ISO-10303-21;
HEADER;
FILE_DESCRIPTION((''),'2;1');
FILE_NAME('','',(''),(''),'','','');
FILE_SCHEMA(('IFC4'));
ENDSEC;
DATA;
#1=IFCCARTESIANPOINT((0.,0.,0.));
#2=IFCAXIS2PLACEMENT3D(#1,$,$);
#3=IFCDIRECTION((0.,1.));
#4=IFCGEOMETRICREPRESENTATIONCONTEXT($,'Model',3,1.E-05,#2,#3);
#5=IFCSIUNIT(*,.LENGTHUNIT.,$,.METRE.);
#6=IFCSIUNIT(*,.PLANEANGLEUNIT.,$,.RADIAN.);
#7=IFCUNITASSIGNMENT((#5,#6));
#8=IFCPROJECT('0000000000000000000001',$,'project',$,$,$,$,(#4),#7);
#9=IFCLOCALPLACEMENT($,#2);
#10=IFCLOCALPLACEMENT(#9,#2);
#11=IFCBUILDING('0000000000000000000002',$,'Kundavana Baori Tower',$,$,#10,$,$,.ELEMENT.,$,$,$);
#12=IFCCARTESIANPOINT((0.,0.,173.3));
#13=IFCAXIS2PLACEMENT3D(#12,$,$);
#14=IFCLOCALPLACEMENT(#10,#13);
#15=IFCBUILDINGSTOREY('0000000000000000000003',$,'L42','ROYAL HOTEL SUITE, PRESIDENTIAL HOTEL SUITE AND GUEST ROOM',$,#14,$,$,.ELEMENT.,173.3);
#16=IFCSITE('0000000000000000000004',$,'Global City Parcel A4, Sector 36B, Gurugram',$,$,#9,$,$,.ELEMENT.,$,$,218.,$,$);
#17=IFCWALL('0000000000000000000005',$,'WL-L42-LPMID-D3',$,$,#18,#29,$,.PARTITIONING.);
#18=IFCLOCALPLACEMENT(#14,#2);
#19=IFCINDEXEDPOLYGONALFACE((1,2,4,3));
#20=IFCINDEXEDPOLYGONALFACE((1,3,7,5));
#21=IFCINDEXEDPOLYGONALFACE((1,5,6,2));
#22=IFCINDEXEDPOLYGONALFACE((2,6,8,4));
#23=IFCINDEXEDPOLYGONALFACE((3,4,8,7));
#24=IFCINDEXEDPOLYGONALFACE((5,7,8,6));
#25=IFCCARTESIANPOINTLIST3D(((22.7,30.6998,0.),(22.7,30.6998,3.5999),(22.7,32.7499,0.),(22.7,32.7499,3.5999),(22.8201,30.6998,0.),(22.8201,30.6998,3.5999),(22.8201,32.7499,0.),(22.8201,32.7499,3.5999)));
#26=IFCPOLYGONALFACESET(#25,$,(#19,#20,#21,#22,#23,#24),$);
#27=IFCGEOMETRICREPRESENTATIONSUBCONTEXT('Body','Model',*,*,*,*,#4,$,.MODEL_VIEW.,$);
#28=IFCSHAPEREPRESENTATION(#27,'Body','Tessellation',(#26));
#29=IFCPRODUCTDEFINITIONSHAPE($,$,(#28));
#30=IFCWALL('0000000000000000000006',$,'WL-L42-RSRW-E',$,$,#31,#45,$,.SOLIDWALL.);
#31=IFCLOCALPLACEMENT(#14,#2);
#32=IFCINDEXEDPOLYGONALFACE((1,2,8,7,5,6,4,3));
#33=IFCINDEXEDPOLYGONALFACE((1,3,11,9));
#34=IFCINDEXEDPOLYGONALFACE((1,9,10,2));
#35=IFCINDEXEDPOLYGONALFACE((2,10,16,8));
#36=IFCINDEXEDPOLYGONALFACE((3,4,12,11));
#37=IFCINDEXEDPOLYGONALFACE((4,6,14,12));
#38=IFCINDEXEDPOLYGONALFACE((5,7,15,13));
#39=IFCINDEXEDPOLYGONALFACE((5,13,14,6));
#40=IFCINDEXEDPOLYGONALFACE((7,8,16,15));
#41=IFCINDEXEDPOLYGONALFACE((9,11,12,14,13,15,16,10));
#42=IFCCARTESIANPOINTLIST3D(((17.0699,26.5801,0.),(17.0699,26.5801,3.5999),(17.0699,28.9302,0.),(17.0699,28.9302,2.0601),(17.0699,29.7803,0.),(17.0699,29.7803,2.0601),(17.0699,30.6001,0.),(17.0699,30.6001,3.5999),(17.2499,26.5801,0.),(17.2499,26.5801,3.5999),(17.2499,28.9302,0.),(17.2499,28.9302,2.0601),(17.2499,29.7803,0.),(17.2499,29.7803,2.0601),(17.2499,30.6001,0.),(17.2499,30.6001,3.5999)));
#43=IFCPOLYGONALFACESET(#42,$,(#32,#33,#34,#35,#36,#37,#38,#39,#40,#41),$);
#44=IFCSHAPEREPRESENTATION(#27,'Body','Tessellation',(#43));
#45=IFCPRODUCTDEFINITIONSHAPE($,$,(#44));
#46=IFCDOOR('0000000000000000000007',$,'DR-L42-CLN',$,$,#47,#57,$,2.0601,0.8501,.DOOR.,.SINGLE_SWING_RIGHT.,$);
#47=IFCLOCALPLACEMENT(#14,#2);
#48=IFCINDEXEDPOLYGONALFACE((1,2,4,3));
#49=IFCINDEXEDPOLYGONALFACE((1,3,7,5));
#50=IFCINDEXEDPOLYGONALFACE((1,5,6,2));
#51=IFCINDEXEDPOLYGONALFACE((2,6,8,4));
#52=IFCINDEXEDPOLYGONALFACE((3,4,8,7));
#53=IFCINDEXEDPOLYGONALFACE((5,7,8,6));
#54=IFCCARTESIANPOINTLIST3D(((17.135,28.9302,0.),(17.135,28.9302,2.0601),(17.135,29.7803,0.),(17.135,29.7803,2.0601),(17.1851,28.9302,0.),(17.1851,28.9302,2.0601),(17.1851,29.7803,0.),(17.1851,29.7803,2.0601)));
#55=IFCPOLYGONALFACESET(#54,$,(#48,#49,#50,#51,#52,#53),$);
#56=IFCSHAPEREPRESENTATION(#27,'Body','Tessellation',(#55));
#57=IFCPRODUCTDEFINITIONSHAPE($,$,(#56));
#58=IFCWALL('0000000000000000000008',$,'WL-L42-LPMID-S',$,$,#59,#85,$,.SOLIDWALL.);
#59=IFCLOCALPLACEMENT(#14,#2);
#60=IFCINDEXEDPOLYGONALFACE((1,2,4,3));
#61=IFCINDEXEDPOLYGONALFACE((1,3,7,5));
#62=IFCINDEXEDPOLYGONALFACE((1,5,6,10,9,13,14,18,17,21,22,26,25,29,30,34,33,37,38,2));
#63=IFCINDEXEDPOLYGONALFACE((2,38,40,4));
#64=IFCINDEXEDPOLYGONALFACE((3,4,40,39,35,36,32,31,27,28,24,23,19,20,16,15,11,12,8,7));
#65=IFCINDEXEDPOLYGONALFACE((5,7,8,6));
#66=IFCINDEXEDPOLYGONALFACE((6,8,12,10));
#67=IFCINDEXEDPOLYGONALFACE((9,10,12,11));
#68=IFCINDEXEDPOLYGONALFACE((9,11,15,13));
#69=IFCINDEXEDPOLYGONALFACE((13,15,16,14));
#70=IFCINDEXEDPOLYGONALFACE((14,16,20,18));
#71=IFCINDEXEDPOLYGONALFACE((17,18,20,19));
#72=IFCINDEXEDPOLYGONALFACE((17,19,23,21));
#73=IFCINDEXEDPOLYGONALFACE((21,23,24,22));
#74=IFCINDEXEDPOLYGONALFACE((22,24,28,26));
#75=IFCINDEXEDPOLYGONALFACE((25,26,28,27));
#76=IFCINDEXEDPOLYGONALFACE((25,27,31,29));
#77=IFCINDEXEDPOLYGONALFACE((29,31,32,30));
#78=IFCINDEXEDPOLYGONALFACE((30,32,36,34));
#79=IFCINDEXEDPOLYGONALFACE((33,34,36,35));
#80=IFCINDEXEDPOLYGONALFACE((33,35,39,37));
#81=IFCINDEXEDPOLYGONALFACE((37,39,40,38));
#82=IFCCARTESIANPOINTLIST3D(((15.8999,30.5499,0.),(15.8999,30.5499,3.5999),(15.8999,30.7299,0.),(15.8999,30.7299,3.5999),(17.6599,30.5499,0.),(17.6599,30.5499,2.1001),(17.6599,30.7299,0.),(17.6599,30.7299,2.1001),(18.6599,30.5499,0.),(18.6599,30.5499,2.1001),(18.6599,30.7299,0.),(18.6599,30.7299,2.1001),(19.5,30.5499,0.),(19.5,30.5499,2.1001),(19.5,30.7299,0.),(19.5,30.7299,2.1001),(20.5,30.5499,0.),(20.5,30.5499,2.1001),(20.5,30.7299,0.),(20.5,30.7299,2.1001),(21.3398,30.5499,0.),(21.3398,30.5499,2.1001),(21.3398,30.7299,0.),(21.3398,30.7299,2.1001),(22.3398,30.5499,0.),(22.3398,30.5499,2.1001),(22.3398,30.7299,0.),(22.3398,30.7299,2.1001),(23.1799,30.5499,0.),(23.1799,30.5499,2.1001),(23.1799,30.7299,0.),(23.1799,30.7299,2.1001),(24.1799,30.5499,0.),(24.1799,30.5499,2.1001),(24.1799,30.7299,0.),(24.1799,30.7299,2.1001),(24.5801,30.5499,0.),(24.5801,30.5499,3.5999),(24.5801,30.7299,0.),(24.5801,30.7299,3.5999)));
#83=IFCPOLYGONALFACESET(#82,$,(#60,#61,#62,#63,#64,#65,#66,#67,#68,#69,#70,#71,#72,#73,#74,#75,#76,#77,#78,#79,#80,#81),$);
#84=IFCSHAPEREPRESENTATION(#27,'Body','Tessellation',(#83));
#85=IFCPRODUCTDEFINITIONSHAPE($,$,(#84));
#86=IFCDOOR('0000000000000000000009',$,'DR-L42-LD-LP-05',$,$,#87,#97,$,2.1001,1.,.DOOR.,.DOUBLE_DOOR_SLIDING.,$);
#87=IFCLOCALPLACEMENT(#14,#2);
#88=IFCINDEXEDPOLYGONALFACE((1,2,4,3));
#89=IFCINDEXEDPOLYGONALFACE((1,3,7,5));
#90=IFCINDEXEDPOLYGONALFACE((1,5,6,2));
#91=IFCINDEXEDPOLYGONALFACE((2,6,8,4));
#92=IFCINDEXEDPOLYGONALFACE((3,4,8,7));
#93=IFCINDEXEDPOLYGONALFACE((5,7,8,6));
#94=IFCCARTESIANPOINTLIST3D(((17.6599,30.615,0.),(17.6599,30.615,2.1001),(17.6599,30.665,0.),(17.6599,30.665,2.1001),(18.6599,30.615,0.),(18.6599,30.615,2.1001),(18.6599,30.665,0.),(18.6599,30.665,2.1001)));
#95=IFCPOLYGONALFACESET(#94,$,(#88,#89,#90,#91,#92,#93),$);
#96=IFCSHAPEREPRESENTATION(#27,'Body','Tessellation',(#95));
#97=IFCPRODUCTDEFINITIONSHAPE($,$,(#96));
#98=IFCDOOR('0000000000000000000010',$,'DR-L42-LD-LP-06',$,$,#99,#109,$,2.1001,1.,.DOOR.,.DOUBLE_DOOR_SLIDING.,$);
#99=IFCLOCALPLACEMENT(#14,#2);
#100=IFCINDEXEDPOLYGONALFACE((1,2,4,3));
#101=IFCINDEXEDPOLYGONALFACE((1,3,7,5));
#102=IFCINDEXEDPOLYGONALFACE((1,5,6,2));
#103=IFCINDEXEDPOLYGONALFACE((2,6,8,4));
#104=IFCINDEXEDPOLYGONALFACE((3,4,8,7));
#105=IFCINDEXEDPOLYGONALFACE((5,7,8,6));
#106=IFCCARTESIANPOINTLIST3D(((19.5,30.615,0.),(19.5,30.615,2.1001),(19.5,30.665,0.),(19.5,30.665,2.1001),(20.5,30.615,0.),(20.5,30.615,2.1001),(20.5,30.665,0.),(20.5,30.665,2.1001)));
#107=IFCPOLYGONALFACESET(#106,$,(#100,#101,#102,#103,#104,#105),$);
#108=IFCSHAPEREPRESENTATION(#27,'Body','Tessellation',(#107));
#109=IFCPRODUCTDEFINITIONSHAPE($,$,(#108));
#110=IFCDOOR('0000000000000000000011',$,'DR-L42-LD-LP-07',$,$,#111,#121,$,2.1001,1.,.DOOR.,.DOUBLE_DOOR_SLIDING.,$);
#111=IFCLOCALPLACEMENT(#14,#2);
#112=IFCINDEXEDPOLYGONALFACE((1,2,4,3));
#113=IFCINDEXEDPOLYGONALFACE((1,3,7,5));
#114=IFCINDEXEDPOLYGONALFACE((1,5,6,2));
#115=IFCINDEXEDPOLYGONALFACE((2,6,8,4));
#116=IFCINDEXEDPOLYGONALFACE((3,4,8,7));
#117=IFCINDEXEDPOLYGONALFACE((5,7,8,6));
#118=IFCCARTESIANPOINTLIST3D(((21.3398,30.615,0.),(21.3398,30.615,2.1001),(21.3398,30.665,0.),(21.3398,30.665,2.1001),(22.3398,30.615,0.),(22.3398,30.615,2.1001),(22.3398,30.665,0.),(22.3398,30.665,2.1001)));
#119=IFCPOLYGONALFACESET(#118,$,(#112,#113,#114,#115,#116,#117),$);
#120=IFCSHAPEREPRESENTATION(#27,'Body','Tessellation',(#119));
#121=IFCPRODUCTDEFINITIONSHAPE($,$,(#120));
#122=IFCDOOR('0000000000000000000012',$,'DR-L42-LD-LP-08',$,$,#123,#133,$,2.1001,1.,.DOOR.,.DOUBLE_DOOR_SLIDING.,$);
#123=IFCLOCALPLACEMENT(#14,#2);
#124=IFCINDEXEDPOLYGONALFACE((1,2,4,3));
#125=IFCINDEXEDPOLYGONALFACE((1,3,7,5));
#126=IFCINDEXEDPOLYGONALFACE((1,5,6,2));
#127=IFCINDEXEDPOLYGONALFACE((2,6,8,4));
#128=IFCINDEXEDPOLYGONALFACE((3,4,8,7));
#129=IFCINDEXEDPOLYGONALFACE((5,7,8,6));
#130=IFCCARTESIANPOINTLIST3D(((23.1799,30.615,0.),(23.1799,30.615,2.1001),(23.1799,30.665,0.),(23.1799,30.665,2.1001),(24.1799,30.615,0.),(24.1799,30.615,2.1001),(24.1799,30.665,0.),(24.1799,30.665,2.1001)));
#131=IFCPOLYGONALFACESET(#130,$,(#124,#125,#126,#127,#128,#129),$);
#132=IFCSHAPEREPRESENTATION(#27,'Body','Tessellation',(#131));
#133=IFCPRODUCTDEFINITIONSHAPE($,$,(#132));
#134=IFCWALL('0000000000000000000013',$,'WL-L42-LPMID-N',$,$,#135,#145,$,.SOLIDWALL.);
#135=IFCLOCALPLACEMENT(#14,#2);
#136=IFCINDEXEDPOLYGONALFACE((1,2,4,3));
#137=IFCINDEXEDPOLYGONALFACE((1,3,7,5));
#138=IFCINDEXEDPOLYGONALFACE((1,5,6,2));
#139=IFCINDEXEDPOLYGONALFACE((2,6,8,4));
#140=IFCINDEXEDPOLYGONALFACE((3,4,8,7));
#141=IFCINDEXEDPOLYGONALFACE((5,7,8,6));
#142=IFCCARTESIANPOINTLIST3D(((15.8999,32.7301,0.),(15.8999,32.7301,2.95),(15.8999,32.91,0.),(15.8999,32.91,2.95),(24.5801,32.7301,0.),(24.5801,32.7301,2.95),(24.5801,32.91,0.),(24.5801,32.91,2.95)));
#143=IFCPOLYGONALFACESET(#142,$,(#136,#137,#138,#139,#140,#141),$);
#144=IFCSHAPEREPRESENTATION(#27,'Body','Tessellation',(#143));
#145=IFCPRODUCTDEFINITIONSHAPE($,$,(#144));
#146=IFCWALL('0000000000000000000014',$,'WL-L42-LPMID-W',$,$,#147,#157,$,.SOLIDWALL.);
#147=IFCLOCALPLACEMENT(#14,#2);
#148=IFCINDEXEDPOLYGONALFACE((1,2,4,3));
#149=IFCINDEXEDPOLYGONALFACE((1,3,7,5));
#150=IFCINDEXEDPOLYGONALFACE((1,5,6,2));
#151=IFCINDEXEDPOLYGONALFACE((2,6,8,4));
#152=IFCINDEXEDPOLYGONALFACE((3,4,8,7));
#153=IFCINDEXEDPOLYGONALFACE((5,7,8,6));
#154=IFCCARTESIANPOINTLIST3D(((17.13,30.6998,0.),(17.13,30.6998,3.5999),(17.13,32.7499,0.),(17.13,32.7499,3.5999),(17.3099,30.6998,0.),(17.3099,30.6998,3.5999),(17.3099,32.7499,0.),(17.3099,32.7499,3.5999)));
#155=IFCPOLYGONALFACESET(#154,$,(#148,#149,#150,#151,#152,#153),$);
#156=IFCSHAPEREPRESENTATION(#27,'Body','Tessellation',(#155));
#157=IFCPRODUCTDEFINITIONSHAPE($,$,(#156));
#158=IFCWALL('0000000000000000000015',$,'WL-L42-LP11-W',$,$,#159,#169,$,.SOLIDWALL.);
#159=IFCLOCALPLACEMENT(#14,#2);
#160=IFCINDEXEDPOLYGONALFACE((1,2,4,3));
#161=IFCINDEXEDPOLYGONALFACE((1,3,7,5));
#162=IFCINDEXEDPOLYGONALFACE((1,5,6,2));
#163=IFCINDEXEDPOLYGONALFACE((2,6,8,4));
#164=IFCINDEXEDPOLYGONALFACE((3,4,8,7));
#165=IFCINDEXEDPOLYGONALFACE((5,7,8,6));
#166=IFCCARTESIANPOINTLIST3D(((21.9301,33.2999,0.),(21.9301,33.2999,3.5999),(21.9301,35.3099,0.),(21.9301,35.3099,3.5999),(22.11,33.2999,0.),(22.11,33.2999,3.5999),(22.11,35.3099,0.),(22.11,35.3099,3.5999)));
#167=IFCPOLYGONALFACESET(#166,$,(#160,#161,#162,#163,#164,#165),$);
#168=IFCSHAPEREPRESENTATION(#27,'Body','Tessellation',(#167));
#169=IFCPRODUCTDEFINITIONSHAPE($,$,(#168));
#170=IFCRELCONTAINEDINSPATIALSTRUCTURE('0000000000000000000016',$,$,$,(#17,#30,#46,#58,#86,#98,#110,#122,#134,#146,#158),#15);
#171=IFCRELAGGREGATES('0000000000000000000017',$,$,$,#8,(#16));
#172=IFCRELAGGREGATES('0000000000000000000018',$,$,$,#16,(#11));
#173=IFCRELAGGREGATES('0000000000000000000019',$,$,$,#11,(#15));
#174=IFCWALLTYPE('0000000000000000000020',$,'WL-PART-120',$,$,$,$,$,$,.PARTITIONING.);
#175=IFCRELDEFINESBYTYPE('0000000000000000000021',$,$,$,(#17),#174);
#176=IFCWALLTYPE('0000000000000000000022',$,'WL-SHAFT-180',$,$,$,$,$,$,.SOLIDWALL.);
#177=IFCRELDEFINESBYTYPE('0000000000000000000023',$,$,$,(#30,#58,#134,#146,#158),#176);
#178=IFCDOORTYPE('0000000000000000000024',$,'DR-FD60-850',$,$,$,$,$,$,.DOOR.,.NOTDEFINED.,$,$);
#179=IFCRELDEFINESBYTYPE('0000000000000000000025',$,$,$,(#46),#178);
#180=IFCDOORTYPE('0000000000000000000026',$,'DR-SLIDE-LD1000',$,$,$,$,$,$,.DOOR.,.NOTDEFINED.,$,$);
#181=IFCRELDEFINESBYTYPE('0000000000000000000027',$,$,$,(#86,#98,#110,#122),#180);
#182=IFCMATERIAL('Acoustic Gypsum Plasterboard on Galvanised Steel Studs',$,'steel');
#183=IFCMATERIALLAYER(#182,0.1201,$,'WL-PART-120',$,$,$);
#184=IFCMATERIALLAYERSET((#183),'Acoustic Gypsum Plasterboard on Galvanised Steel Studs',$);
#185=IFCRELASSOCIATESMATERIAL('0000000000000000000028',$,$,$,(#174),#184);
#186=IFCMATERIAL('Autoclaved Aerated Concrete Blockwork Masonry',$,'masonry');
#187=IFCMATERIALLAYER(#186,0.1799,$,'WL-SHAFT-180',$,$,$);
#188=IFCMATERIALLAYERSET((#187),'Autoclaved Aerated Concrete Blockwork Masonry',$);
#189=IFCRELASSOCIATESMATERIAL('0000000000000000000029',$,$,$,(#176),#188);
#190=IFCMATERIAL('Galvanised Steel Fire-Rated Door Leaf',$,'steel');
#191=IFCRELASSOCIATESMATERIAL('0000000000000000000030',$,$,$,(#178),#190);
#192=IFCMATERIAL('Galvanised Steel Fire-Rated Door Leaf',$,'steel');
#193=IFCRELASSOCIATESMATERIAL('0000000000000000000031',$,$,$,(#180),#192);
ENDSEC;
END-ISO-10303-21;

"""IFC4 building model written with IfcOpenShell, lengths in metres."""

from ifc_helpers import new_model, si_unit, direction, frame, frame_2d, origin, place, context, subcontext, project, spatial, rectangle, extrude, material, layer, layer_set, type_object, element, fill, save


model = new_model("IFC4")

# Units and contexts
model_context = context("Model", 3, precision=1e-05, world=origin(), true_north=direction((0.0, 1.0)))
body_context = subcontext(model_context, "Body", "Model", "MODEL_VIEW")
ifc_project = project(units=[si_unit("LENGTHUNIT", "METRE"), si_unit("PLANEANGLEUNIT", "RADIAN")], contexts=[model_context])

# Site, building, storey
site_placement = place(None, origin())
site = spatial("IfcSite", under=ifc_project, at=site_placement, Name="Global City Parcel A4, Sector 36B, Gurugram", CompositionType="ELEMENT", RefElevation=218.0)
building_placement = place(site_placement, origin())
building = spatial("IfcBuilding", under=site, at=building_placement, Name="Kundavana Baori Tower", CompositionType="ELEMENT")
storey_placement = place(building_placement, frame((0.0, 0.0, 173.3)))
storey = spatial("IfcBuildingStorey", under=building, at=storey_placement, Name="L42", Description="ROYAL HOTEL SUITE, PRESIDENTIAL HOTEL SUITE AND GUEST ROOM", CompositionType="ELEMENT", Elevation=173.3)

# Wall
ifc_material_1 = material(Name="Acoustic Gypsum Plasterboard on Galvanised Steel Studs", Category="steel")
ifc_layer_1 = layer(ifc_material_1, 0.1201, Name="WL-PART-120")
ifc_layer_set_1 = layer_set([ifc_layer_1], Name="Acoustic Gypsum Plasterboard on Galvanised Steel Studs")
wall_type_1 = type_object("IfcWallType", Name="WL-PART-120", PredefinedType="PARTITIONING", material=ifc_layer_set_1)
for number, where, z_axis, x_axis, name in (
    (1, (22.76, 30.7, 0.0), (0.0, 0.0, 1.0), (0.0, 1.0, 0.0), "WL-L42-LPMID-D3"),
):
    element("IfcWall", number, at=place(storey_placement, frame(where, z_axis=z_axis, x_axis=x_axis)), inside=storey, type_object=wall_type_1, Name=name, PredefinedType="PARTITIONING", context=body_context, shape_type="SweptSolid", body=[
        extrude(rectangle(XDim=2.05, YDim=0.1201, at=frame_2d((1.0249, 0.0))), origin(), (0.0, 0.0, 1.0), 3.5999),
    ])

# Wall, opening, door
ifc_material_2 = material(Name="Autoclaved Aerated Concrete Blockwork Masonry", Category="masonry")
ifc_layer_2 = layer(ifc_material_2, 0.1799, Name="WL-SHAFT-180")
ifc_layer_set_2 = layer_set([ifc_layer_2], Name="Autoclaved Aerated Concrete Blockwork Masonry")
wall_type_2 = type_object("IfcWallType", Name="WL-SHAFT-180", PredefinedType="SOLIDWALL", material=ifc_layer_set_2)
wall_1_placement = place(storey_placement, frame((17.1599, 26.5801, 0.0), z_axis=(0.0, 0.0, 1.0), x_axis=(0.0, 1.0, 0.0)))
wall_1 = element("IfcWall", 2, at=wall_1_placement, inside=storey, type_object=wall_type_2, Name="WL-L42-RSRW-E", PredefinedType="SOLIDWALL", context=body_context, shape_type="SweptSolid", body=[
    extrude(rectangle(XDim=4.02, YDim=0.1799, at=frame_2d((2.01, 0.0))), origin(), (0.0, 0.0, 1.0), 3.5999),
])
opening_1_placement = place(wall_1_placement, frame((2.3501, 0.0, 0.0)))
opening_1 = element("IfcOpeningElement", 3, at=opening_1_placement, cuts=wall_1, PredefinedType="OPENING", context=body_context, shape_type="SweptSolid", body=[
    extrude(rectangle(XDim=0.8501, YDim=2.0601, at=frame_2d((0.425, 1.03))), frame((0.0, 0.1001, 0.0), z_axis=(0.0, -1.0, 0.0), x_axis=(1.0, 0.0, 0.0)), (0.0, 0.0, 1.0), 0.2),
])
ifc_material_3 = material(Name="Galvanised Steel Fire-Rated Door Leaf", Category="steel")
door_type_1 = type_object("IfcDoorType", Name="DR-FD60-850", OperationType="NOTDEFINED", PredefinedType="DOOR", material=ifc_material_3)
door_1_placement = place(opening_1_placement, origin())
door_1 = element("IfcDoor", 4, at=door_1_placement, inside=storey, type_object=door_type_1, Name="DR-L42-CLN", OperationType="SINGLE_SWING_RIGHT", OverallHeight=2.0601, OverallWidth=0.8501, PredefinedType="DOOR", context=body_context, shape_type="SweptSolid", body=[
    extrude(rectangle(XDim=0.8501, YDim=2.0601, at=frame_2d((0.425, 1.03))), frame((0.0, 0.0249, 0.0), z_axis=(0.0, -1.0, 0.0), x_axis=(1.0, 0.0, 0.0)), (0.0, 0.0, 1.0), 0.05),
])
fill(opening_1, door_1)

# Wall, openings, doors
wall_2_placement = place(storey_placement, frame((15.8999, 30.6399, 0.0), z_axis=(0.0, 0.0, 1.0), x_axis=(1.0, 0.0, 0.0)))
wall_2 = element("IfcWall", 5, at=wall_2_placement, inside=storey, type_object=wall_type_2, Name="WL-L42-LPMID-S", PredefinedType="SOLIDWALL", context=body_context, shape_type="SweptSolid", body=[
    extrude(rectangle(XDim=8.6802, YDim=0.1799, at=frame_2d((4.3401, 0.0))), origin(), (0.0, 0.0, 1.0), 3.5999),
])
opening_2_placement = place(wall_2_placement, frame((1.76, 0.0, 0.0)))
opening_2 = element("IfcOpeningElement", 6, at=opening_2_placement, cuts=wall_2, PredefinedType="OPENING", context=body_context, shape_type="SweptSolid", body=[
    extrude(rectangle(XDim=1.0, YDim=2.1001, at=frame_2d((0.5, 1.05))), frame((0.0, 0.1001, 0.0), z_axis=(0.0, -1.0, 0.0), x_axis=(1.0, 0.0, 0.0)), (0.0, 0.0, 1.0), 0.2),
])
opening_3_placement = place(wall_2_placement, frame((3.6001, 0.0, 0.0)))
opening_3 = element("IfcOpeningElement", 7, at=opening_3_placement, cuts=wall_2, PredefinedType="OPENING", context=body_context, shape_type="SweptSolid", body=[
    extrude(rectangle(XDim=1.0, YDim=2.1001, at=frame_2d((0.5, 1.05))), frame((0.0, 0.1001, 0.0), z_axis=(0.0, -1.0, 0.0), x_axis=(1.0, 0.0, 0.0)), (0.0, 0.0, 1.0), 0.2),
])
opening_4_placement = place(wall_2_placement, frame((5.4399, 0.0, 0.0)))
opening_4 = element("IfcOpeningElement", 8, at=opening_4_placement, cuts=wall_2, PredefinedType="OPENING", context=body_context, shape_type="SweptSolid", body=[
    extrude(rectangle(XDim=1.0, YDim=2.1001, at=frame_2d((0.5, 1.05))), frame((0.0, 0.1001, 0.0), z_axis=(0.0, -1.0, 0.0), x_axis=(1.0, 0.0, 0.0)), (0.0, 0.0, 1.0), 0.2),
])
opening_5_placement = place(wall_2_placement, frame((7.28, 0.0, 0.0)))
opening_5 = element("IfcOpeningElement", 9, at=opening_5_placement, cuts=wall_2, PredefinedType="OPENING", context=body_context, shape_type="SweptSolid", body=[
    extrude(rectangle(XDim=1.0, YDim=2.1001, at=frame_2d((0.5, 1.05))), frame((0.0, 0.1001, 0.0), z_axis=(0.0, -1.0, 0.0), x_axis=(1.0, 0.0, 0.0)), (0.0, 0.0, 1.0), 0.2),
])
ifc_material_4 = material(Name="Galvanised Steel Fire-Rated Door Leaf", Category="steel")
door_type_2 = type_object("IfcDoorType", Name="DR-SLIDE-LD1000", OperationType="NOTDEFINED", PredefinedType="DOOR", material=ifc_material_4)
door_2_placement = place(opening_2_placement, frame((1.0, 0.0, 0.0), z_axis=(0.0, 0.0, 1.0), x_axis=(-1.0, 0.0, 0.0)))
door_2 = element("IfcDoor", 10, at=door_2_placement, inside=storey, type_object=door_type_2, Name="DR-L42-LD-LP-05", OperationType="DOUBLE_DOOR_SLIDING", OverallHeight=2.1001, OverallWidth=1.0, PredefinedType="DOOR", context=body_context, shape_type="SweptSolid", body=[
    extrude(rectangle(XDim=1.0, YDim=2.1001, at=frame_2d((0.5, 1.05))), frame((0.0, 0.0249, 0.0), z_axis=(0.0, -1.0, 0.0), x_axis=(1.0, 0.0, 0.0)), (0.0, 0.0, 1.0), 0.05),
])
fill(opening_2, door_2)
door_3_placement = place(opening_3_placement, frame((1.0, 0.0, 0.0), z_axis=(0.0, 0.0, 1.0), x_axis=(-1.0, 0.0, 0.0)))
door_3 = element("IfcDoor", 11, at=door_3_placement, inside=storey, type_object=door_type_2, Name="DR-L42-LD-LP-06", OperationType="DOUBLE_DOOR_SLIDING", OverallHeight=2.1001, OverallWidth=1.0, PredefinedType="DOOR", context=body_context, shape_type="SweptSolid", body=[
    extrude(rectangle(XDim=1.0, YDim=2.1001, at=frame_2d((0.5, 1.05))), frame((0.0, 0.0249, 0.0), z_axis=(0.0, -1.0, 0.0), x_axis=(1.0, 0.0, 0.0)), (0.0, 0.0, 1.0), 0.05),
])
fill(opening_3, door_3)
door_4_placement = place(opening_4_placement, frame((1.0, 0.0, 0.0), z_axis=(0.0, 0.0, 1.0), x_axis=(-1.0, 0.0, 0.0)))
door_4 = element("IfcDoor", 12, at=door_4_placement, inside=storey, type_object=door_type_2, Name="DR-L42-LD-LP-07", OperationType="DOUBLE_DOOR_SLIDING", OverallHeight=2.1001, OverallWidth=1.0, PredefinedType="DOOR", context=body_context, shape_type="SweptSolid", body=[
    extrude(rectangle(XDim=1.0, YDim=2.1001, at=frame_2d((0.5, 1.05))), frame((0.0, 0.0249, 0.0), z_axis=(0.0, -1.0, 0.0), x_axis=(1.0, 0.0, 0.0)), (0.0, 0.0, 1.0), 0.05),
])
fill(opening_4, door_4)
door_5_placement = place(opening_5_placement, frame((1.0, 0.0, 0.0), z_axis=(0.0, 0.0, 1.0), x_axis=(-1.0, 0.0, 0.0)))
door_5 = element("IfcDoor", 13, at=door_5_placement, inside=storey, type_object=door_type_2, Name="DR-L42-LD-LP-08", OperationType="DOUBLE_DOOR_SLIDING", OverallHeight=2.1001, OverallWidth=1.0, PredefinedType="DOOR", context=body_context, shape_type="SweptSolid", body=[
    extrude(rectangle(XDim=1.0, YDim=2.1001, at=frame_2d((0.5, 1.05))), frame((0.0, 0.0249, 0.0), z_axis=(0.0, -1.0, 0.0), x_axis=(1.0, 0.0, 0.0)), (0.0, 0.0, 1.0), 0.05),
])
fill(opening_5, door_5)

# Walls
wall_3_placement = place(storey_placement, frame((15.8999, 32.8201, 0.0), z_axis=(0.0, 0.0, 1.0), x_axis=(1.0, 0.0, 0.0)))
element("IfcWall", 14, at=wall_3_placement, inside=storey, type_object=wall_type_2, Name="WL-L42-LPMID-N", PredefinedType="SOLIDWALL", context=body_context, shape_type="SweptSolid", body=[
    extrude(rectangle(XDim=8.6802, YDim=0.1799, at=frame_2d((4.3401, 0.0))), origin(), (0.0, 0.0, 1.0), 2.95),
])
wall_4_placement = place(storey_placement, frame((17.22, 30.7, 0.0), z_axis=(0.0, 0.0, 1.0), x_axis=(0.0, 1.0, 0.0)))
element("IfcWall", 15, at=wall_4_placement, inside=storey, type_object=wall_type_2, Name="WL-L42-LPMID-W", PredefinedType="SOLIDWALL", context=body_context, shape_type="SweptSolid", body=[
    extrude(rectangle(XDim=2.05, YDim=0.1799, at=frame_2d((1.0249, 0.0))), origin(), (0.0, 0.0, 1.0), 3.5999),
])
wall_5_placement = place(storey_placement, frame((22.02, 33.3, 0.0), z_axis=(0.0, 0.0, 1.0), x_axis=(0.0, 1.0, 0.0)))
element("IfcWall", 16, at=wall_5_placement, inside=storey, type_object=wall_type_2, Name="WL-L42-LP11-W", PredefinedType="SOLIDWALL", context=body_context, shape_type="SweptSolid", body=[
    extrude(rectangle(XDim=2.01, YDim=0.1799, at=frame_2d((1.0049, 0.0))), origin(), (0.0, 0.0, 1.0), 3.5999),
])

save(model, "model.ifc")
